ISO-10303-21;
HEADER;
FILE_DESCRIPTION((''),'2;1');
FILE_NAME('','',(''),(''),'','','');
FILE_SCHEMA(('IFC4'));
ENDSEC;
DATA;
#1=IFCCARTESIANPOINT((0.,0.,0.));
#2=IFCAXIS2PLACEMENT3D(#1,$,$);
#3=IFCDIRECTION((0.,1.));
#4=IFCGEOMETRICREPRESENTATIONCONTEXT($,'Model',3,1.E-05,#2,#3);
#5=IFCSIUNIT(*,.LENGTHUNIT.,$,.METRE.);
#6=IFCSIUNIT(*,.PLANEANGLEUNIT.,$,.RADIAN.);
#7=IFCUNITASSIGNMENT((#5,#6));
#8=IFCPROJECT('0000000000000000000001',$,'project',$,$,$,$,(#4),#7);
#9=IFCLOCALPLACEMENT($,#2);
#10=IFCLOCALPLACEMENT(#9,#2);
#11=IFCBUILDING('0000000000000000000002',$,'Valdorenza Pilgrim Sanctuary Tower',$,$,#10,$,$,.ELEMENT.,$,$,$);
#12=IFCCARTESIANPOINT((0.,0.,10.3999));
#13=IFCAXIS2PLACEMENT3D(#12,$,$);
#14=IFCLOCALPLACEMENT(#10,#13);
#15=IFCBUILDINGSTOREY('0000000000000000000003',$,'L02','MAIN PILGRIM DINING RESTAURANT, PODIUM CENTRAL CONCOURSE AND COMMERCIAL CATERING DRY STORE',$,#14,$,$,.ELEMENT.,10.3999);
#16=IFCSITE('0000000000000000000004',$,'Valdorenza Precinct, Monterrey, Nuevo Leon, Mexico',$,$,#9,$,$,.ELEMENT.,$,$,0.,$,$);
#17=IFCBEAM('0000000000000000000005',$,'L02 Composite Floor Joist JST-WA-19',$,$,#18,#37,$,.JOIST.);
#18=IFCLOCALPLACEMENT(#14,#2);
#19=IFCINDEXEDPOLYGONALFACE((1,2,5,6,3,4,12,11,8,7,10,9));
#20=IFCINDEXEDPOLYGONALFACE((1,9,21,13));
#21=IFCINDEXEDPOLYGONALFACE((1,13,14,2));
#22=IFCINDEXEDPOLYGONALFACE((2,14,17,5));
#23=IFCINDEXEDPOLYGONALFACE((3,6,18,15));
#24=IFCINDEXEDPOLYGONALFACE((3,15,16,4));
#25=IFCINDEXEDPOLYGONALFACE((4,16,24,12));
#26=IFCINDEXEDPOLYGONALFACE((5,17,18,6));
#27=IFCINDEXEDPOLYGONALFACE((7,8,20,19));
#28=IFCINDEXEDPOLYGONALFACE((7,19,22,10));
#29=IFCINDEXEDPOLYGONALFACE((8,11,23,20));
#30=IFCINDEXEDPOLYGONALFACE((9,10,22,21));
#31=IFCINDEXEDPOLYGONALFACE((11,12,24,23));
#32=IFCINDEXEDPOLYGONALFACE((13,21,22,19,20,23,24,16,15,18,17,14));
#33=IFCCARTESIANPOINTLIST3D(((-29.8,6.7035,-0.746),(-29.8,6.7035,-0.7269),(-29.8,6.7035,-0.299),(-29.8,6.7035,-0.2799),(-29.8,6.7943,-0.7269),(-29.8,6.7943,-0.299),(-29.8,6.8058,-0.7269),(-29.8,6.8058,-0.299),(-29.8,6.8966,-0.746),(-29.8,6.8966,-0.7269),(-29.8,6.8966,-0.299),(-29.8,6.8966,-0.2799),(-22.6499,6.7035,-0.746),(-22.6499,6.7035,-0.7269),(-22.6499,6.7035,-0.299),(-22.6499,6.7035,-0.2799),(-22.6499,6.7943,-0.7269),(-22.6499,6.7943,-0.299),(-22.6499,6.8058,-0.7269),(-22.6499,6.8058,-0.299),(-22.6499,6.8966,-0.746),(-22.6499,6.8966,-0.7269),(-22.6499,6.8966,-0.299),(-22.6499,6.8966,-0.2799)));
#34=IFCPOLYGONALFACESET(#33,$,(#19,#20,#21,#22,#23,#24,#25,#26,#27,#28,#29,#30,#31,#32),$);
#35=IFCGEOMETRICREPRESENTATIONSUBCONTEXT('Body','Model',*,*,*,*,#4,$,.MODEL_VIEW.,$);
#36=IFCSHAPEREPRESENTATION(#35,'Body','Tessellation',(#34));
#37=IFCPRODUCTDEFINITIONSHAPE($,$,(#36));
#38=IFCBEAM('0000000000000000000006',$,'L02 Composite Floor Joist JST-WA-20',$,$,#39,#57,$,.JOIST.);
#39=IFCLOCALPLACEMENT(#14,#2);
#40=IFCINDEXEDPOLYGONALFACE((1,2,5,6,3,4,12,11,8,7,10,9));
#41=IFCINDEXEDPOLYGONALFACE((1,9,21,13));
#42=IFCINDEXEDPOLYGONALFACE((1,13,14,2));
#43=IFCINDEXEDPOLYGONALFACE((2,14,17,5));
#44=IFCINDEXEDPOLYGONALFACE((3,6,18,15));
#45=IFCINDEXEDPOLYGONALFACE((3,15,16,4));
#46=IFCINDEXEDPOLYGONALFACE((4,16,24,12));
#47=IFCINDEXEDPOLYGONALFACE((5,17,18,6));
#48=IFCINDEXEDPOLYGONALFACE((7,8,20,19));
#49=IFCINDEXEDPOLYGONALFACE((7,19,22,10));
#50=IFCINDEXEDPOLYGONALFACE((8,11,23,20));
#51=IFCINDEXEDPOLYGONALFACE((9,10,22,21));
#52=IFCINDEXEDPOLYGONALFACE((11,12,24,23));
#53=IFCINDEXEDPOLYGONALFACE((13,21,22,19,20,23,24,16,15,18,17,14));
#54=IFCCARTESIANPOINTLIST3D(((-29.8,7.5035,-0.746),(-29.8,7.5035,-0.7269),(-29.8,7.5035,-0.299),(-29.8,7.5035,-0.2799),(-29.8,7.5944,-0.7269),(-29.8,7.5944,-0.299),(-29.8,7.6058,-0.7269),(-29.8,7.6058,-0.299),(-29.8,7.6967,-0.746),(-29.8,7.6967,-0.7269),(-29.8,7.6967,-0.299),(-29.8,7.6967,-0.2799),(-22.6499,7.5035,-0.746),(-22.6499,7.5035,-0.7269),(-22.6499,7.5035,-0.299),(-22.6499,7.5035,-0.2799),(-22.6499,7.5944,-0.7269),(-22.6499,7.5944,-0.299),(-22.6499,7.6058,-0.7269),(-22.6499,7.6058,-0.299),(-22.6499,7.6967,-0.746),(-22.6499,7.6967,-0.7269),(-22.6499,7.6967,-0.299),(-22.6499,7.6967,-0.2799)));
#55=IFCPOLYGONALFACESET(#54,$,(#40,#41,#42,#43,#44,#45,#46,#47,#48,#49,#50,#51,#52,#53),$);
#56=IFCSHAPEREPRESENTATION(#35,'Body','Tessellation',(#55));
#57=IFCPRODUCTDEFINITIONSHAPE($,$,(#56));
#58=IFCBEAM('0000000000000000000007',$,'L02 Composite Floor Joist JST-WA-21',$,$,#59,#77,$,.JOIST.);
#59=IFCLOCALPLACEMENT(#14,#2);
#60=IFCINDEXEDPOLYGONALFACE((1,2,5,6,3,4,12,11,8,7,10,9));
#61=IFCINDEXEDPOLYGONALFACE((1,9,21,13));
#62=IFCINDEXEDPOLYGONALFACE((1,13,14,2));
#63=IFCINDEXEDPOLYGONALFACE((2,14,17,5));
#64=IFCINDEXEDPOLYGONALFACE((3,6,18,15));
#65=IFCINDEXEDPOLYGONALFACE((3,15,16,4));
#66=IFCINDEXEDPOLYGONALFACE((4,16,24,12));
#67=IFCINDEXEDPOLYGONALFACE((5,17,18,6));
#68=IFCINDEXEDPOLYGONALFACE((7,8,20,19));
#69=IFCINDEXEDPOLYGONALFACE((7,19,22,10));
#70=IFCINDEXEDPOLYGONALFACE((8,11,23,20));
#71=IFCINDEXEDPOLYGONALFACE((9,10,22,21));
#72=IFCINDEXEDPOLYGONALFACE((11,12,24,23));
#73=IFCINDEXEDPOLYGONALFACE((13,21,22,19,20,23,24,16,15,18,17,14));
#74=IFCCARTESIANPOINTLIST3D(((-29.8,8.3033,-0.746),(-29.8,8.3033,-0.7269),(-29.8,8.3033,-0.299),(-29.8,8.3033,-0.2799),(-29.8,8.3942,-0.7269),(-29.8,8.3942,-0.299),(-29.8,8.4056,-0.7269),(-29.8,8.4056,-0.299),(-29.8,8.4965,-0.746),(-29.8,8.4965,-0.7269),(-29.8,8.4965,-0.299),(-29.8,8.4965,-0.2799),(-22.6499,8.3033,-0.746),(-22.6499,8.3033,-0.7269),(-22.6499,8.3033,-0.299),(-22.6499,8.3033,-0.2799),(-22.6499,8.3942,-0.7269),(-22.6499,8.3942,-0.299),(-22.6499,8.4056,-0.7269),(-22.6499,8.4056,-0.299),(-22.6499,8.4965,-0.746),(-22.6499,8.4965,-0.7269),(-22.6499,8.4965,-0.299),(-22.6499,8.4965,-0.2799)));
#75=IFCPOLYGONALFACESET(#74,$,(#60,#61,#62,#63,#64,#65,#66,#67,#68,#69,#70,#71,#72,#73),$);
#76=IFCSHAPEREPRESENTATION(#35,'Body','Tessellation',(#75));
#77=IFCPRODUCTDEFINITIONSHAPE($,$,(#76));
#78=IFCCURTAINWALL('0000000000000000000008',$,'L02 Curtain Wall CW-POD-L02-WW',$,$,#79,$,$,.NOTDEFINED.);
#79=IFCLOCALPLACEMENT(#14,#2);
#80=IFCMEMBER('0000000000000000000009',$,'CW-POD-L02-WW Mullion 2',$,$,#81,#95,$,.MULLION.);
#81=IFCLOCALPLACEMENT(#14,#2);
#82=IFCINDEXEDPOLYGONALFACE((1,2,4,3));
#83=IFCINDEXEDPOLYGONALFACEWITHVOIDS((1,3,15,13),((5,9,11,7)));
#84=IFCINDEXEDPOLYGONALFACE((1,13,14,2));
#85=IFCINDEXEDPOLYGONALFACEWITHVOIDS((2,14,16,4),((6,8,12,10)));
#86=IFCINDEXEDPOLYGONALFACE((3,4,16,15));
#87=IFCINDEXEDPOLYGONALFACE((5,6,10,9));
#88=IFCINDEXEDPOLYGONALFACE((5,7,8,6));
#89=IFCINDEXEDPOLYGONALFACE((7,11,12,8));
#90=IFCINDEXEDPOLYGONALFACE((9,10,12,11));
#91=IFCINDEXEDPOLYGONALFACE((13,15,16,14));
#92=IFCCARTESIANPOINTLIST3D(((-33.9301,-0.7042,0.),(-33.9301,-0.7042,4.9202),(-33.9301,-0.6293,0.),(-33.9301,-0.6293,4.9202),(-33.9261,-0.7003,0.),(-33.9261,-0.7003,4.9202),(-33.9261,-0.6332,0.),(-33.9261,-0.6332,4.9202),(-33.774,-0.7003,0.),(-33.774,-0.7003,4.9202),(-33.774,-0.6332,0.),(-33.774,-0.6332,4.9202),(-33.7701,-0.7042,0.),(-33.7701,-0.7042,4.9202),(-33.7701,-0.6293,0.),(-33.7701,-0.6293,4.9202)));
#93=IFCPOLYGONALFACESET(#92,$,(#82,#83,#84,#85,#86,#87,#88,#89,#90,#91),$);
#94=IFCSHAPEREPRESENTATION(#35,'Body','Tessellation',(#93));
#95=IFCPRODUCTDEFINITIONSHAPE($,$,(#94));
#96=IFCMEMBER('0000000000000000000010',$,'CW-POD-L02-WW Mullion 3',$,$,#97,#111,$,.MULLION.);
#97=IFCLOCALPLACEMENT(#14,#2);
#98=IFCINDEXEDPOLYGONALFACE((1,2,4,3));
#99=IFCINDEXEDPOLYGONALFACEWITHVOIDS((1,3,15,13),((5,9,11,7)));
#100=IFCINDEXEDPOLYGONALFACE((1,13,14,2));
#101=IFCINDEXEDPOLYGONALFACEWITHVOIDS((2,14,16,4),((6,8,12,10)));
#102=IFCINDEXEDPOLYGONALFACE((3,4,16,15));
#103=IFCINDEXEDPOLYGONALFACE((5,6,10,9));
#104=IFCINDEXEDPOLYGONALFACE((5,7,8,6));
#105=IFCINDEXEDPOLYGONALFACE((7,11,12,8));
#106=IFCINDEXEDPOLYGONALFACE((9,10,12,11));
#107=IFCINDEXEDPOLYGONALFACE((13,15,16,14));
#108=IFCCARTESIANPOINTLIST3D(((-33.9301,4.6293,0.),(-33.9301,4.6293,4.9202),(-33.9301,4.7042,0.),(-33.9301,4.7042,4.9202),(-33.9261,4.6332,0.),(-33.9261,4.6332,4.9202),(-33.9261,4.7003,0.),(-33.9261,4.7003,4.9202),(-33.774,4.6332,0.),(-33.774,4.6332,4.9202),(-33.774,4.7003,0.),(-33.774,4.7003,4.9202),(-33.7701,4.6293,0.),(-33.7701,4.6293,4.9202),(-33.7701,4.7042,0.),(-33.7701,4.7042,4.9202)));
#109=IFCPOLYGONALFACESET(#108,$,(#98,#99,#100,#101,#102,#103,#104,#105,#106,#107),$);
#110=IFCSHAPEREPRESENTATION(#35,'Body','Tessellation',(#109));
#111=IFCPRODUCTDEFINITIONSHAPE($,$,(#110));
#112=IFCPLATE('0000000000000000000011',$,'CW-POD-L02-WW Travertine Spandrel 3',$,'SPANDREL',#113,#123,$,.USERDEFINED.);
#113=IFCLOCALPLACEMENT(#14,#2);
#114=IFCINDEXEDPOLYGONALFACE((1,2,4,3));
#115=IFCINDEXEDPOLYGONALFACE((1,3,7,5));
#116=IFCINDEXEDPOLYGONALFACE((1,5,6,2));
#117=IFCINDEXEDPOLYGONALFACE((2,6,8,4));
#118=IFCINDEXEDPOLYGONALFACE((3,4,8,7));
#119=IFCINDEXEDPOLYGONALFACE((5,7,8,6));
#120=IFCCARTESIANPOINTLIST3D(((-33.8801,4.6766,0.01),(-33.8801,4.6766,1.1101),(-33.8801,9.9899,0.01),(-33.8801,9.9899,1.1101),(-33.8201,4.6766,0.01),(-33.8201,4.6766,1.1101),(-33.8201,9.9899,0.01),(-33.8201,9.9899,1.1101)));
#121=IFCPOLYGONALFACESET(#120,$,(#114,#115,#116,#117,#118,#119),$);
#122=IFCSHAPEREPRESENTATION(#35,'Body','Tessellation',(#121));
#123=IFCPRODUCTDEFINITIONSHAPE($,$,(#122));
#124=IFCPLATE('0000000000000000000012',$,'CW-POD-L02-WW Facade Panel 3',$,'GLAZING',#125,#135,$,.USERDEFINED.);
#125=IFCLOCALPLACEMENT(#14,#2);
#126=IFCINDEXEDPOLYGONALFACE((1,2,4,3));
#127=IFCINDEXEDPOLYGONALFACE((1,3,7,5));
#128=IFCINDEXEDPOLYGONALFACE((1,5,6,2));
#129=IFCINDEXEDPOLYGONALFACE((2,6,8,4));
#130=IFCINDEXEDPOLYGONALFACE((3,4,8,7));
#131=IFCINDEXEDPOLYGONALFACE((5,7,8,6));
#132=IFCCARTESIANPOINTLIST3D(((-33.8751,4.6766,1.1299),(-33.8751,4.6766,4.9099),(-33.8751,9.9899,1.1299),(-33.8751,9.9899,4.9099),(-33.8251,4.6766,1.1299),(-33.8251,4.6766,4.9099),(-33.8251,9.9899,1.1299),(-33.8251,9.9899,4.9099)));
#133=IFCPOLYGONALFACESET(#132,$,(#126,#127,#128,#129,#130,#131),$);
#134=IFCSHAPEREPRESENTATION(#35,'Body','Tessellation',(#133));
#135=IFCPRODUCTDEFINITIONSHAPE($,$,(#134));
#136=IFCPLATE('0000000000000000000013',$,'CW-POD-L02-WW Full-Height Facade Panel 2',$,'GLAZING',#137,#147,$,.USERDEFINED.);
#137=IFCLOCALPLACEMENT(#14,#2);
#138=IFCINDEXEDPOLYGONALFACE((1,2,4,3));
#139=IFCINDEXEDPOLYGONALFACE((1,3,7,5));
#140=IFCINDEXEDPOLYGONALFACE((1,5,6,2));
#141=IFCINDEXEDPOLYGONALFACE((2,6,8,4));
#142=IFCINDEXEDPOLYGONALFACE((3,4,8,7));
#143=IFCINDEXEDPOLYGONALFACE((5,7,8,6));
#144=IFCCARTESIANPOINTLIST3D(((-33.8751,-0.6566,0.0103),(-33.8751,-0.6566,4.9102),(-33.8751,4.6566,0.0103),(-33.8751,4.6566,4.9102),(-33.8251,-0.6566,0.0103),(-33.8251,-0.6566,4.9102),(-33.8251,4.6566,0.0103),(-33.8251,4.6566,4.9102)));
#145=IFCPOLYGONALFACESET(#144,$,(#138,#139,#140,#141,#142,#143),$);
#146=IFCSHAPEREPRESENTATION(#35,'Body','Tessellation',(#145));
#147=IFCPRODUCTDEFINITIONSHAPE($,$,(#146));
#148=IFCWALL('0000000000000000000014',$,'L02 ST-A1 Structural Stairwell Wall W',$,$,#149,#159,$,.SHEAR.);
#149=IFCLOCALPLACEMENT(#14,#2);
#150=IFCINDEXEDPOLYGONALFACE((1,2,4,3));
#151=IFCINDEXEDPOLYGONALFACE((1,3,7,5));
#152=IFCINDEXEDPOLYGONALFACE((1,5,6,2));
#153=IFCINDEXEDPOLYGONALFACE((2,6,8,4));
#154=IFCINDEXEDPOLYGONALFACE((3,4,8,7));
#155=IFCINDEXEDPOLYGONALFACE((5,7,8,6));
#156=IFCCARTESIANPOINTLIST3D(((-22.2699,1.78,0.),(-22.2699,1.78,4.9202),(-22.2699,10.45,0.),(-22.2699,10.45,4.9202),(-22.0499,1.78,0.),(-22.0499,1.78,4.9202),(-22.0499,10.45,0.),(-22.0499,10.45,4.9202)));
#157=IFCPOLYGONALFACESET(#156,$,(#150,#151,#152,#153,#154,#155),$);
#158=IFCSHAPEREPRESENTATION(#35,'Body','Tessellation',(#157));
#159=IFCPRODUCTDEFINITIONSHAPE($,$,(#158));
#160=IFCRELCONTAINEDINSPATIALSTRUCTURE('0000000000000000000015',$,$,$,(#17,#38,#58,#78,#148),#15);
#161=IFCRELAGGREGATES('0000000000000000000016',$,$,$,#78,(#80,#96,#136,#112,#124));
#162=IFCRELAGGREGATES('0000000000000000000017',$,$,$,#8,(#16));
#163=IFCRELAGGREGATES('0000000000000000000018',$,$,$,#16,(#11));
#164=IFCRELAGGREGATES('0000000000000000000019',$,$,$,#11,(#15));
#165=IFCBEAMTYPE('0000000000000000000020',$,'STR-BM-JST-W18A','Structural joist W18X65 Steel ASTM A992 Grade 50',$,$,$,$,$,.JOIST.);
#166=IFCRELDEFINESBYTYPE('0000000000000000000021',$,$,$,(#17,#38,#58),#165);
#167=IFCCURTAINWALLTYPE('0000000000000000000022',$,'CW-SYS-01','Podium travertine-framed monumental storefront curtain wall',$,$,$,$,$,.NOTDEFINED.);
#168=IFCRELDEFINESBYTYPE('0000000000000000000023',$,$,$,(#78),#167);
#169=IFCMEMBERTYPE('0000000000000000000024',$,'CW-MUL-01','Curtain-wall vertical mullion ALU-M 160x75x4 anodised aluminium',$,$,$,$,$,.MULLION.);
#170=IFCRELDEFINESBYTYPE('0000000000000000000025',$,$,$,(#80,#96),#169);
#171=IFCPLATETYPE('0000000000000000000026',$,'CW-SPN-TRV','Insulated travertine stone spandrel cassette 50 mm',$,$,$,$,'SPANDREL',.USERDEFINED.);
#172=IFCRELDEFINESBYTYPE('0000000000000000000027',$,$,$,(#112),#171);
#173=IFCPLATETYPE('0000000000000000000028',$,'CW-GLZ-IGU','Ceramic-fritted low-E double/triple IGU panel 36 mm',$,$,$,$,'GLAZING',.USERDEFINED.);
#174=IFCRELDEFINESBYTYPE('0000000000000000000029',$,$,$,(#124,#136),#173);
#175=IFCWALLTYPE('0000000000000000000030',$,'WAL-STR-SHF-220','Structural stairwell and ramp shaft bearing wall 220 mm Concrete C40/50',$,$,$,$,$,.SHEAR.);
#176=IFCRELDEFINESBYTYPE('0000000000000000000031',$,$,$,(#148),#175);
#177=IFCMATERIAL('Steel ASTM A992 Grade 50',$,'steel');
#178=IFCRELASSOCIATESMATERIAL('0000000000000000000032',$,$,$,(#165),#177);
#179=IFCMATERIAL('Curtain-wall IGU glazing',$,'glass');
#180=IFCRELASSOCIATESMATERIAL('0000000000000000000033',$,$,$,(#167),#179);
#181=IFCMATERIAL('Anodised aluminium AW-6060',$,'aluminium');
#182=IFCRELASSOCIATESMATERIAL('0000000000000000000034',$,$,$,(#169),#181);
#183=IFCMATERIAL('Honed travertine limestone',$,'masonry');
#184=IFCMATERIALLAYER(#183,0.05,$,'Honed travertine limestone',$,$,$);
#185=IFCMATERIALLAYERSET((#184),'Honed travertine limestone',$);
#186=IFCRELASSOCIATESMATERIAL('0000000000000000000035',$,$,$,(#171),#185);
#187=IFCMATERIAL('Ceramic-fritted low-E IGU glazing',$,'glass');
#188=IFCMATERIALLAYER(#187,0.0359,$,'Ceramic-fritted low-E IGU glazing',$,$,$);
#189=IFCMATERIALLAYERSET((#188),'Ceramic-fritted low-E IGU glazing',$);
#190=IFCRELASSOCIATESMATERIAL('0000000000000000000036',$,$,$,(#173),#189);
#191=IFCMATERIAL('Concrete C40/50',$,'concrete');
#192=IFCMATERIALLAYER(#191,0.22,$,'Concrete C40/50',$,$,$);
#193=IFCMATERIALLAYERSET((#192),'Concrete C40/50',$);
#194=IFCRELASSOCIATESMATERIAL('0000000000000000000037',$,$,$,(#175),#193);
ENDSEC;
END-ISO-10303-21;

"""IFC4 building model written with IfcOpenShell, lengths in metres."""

from ifc_helpers import new_model, si_unit, direction, frame, frame_2d, origin, origin_2d, place, context, subcontext, project, spatial, rectangle, hollow_rectangle, i_section, extrude, source, transform, mapped, material, layer, layer_set, material_profile, profile_set, type_object, element, aggregate, save


model = new_model("IFC4")

# Units and contexts
model_context = context("Model", 3, precision=1e-05, world=origin(), true_north=direction((0.0, 1.0)))
body_context = subcontext(model_context, "Body", "Model", "MODEL_VIEW")
ifc_project = project(units=[si_unit("LENGTHUNIT", "METRE"), si_unit("PLANEANGLEUNIT", "RADIAN")], contexts=[model_context])

# Site, building, storey
site_placement = place(None, origin())
site = spatial("IfcSite", under=ifc_project, at=site_placement, Name="Valdorenza Precinct, Monterrey, Nuevo Leon, Mexico", CompositionType="ELEMENT", RefElevation=0.0)
building_placement = place(site_placement, origin())
building = spatial("IfcBuilding", under=site, at=building_placement, Name="Valdorenza Pilgrim Sanctuary Tower", CompositionType="ELEMENT")
storey_placement = place(building_placement, frame((0.0, 0.0, 10.3999)))
storey = spatial("IfcBuildingStorey", under=building, at=storey_placement, Name="L02", Description="MAIN PILGRIM DINING RESTAURANT, PODIUM CENTRAL CONCOURSE AND COMMERCIAL CATERING DRY STORE", CompositionType="ELEMENT", Elevation=10.3999)

# Beams
ifc_material_1 = material(Name="Steel ASTM A992 Grade 50", Category="steel")
ifc_material_profile_1 = material_profile(ifc_material_1, i_section(OverallWidth=0.1931, OverallDepth=0.4661, WebThickness=0.0115, FlangeThickness=0.019, at=origin_2d()), Name="W18X65")
ifc_profile_set_1 = profile_set([ifc_material_profile_1], Name="Steel ASTM A992 Grade 50")
beam_type_1 = type_object("IfcBeamType", Name="STR-BM-JST-W18A", Description="Structural joist W18X65 Steel ASTM A992 Grade 50", PredefinedType="JOIST", material=ifc_profile_set_1)
shared_shape_1 = source(origin(), body_context, "Body", "SweptSolid", [
    extrude(i_section(OverallWidth=0.1931, OverallDepth=0.4661, WebThickness=0.0115, FlangeThickness=0.019, at=origin_2d()), origin(), (0.0, 0.0, 1.0), 7.1501),
])
for number, where, z_axis, x_axis, name in (
    (1, (-29.8, 6.8, -0.5129), (1.0, 0.0, 0.0), (0.0, 1.0, 0.0), "L02 Composite Floor Joist JST-WA-19"),
    (2, (-29.8, 7.6001, -0.5129), (1.0, 0.0, 0.0), (0.0, 1.0, 0.0), "L02 Composite Floor Joist JST-WA-20"),
    (3, (-29.8, 8.3999, -0.5129), (1.0, 0.0, 0.0), (0.0, 1.0, 0.0), "L02 Composite Floor Joist JST-WA-21"),
):
    element("IfcBeam", number, at=place(storey_placement, frame(where, z_axis=z_axis, x_axis=x_axis)), inside=storey, type_object=beam_type_1, Name=name, PredefinedType="JOIST", context=body_context, shape_type="MappedRepresentation", body=[
        mapped(shared_shape_1, transform((0.0, 0.0, 0.0), x_axis=(1.0, 0.0, 0.0), y_axis=(0.0, 1.0, 0.0), z_axis=(0.0, 0.0, 1.0), scale=1.0)),
    ])

# Curtain wall, members, plates
ifc_material_2 = material(Name="Curtain-wall IGU glazing", Category="glass")
curtain_wall_type = type_object("IfcCurtainWallType", Name="CW-SYS-01", Description="Podium travertine-framed monumental storefront curtain wall", PredefinedType="NOTDEFINED", material=ifc_material_2)
curtain_wall_placement = place(storey_placement, origin())
curtain_wall = element("IfcCurtainWall", 4, at=curtain_wall_placement, inside=storey, type_object=curtain_wall_type, Name="L02 Curtain Wall CW-POD-L02-WW", PredefinedType="NOTDEFINED")
ifc_material_3 = material(Name="Anodised aluminium AW-6060", Category="aluminium")
ifc_material_profile_2 = material_profile(ifc_material_3, hollow_rectangle(XDim=0.075, YDim=0.1599, WallThickness=0.0039, at=origin_2d()), Name="ALU-M 160x75x4")
ifc_profile_set_2 = profile_set([ifc_material_profile_2], Name="Anodised aluminium AW-6060")
member_type = type_object("IfcMemberType", Name="CW-MUL-01", Description="Curtain-wall vertical mullion ALU-M 160x75x4 anodised aluminium", PredefinedType="MULLION", material=ifc_profile_set_2)
shared_shape_2 = source(origin(), body_context, "Body", "SweptSolid", [
    extrude(hollow_rectangle(XDim=0.075, YDim=0.1599, WallThickness=0.0039, at=origin_2d()), origin(), (0.0, 0.0, 1.0), 4.9202),
])
member_1_placement = place(storey_placement, frame((-33.8501, -0.6667, 0.0), z_axis=(0.0, 0.0, 1.0), x_axis=(0.0, 1.0, 0.0)))
member_1 = element("IfcMember", 5, at=member_1_placement, type_object=member_type, Name="CW-POD-L02-WW Mullion 2", PredefinedType="MULLION", context=body_context, shape_type="MappedRepresentation", body=[
    mapped(shared_shape_2, transform((0.0, 0.0, 0.0), x_axis=(1.0, 0.0, 0.0), y_axis=(0.0, 1.0, 0.0), z_axis=(0.0, 0.0, 1.0), scale=1.0)),
])
member_2_placement = place(storey_placement, frame((-33.8501, 4.6667, 0.0), z_axis=(0.0, 0.0, 1.0), x_axis=(0.0, 1.0, 0.0)))
member_2 = element("IfcMember", 6, at=member_2_placement, type_object=member_type, Name="CW-POD-L02-WW Mullion 3", PredefinedType="MULLION", context=body_context, shape_type="MappedRepresentation", body=[
    mapped(shared_shape_2, transform((0.0, 0.0, 0.0), x_axis=(1.0, 0.0, 0.0), y_axis=(0.0, 1.0, 0.0), z_axis=(0.0, 0.0, 1.0), scale=1.0)),
])
ifc_material_4 = material(Name="Honed travertine limestone", Category="masonry")
ifc_layer_1 = layer(ifc_material_4, 0.05, Name="Honed travertine limestone")
ifc_layer_set_1 = layer_set([ifc_layer_1], Name="Honed travertine limestone")
plate_type_1 = type_object("IfcPlateType", Name="CW-SPN-TRV", Description="Insulated travertine stone spandrel cassette 50 mm", ElementType="SPANDREL", PredefinedType="USERDEFINED", material=ifc_layer_set_1)
shared_shape_3 = source(origin(), body_context, "Body", "SweptSolid", [
    extrude(rectangle(XDim=5.3132, YDim=0.0601, at=origin_2d()), origin(), (0.0, 0.0, 1.0), 1.1001),
])
plate_1_placement = place(storey_placement, frame((-33.8501, 7.3333, 0.01), z_axis=(0.0, 0.0, 1.0), x_axis=(0.0, 1.0, 0.0)))
plate_1 = element("IfcPlate", 7, at=plate_1_placement, type_object=plate_type_1, Name="CW-POD-L02-WW Travertine Spandrel 3", ObjectType="SPANDREL", PredefinedType="USERDEFINED", context=body_context, shape_type="MappedRepresentation", body=[
    mapped(shared_shape_3, transform((0.0, 0.0, 0.0), x_axis=(1.0, 0.0, 0.0), y_axis=(0.0, 1.0, 0.0), z_axis=(0.0, 0.0, 1.0), scale=1.0)),
])
ifc_material_5 = material(Name="Ceramic-fritted low-E IGU glazing", Category="glass")
ifc_layer_2 = layer(ifc_material_5, 0.0359, Name="Ceramic-fritted low-E IGU glazing")
ifc_layer_set_2 = layer_set([ifc_layer_2], Name="Ceramic-fritted low-E IGU glazing")
plate_type_2 = type_object("IfcPlateType", Name="CW-GLZ-IGU", Description="Ceramic-fritted low-E double/triple IGU panel 36 mm", ElementType="GLAZING", PredefinedType="USERDEFINED", material=ifc_layer_set_2)
shared_shape_4 = source(origin(), body_context, "Body", "SweptSolid", [
    extrude(rectangle(XDim=5.3132, YDim=0.05, at=origin_2d()), origin(), (0.0, 0.0, 1.0), 3.78),
])
plate_2_placement = place(storey_placement, frame((-33.8501, 7.3333, 1.1299), z_axis=(0.0, 0.0, 1.0), x_axis=(0.0, 1.0, 0.0)))
plate_2 = element("IfcPlate", 8, at=plate_2_placement, type_object=plate_type_2, Name="CW-POD-L02-WW Facade Panel 3", ObjectType="GLAZING", PredefinedType="USERDEFINED", context=body_context, shape_type="MappedRepresentation", body=[
    mapped(shared_shape_4, transform((0.0, 0.0, 0.0), x_axis=(1.0, 0.0, 0.0), y_axis=(0.0, 1.0, 0.0), z_axis=(0.0, 0.0, 1.0), scale=1.0)),
])
shared_shape_5 = source(origin(), body_context, "Body", "SweptSolid", [
    extrude(rectangle(XDim=5.3132, YDim=0.05, at=origin_2d()), origin(), (0.0, 0.0, 1.0), 4.8999),
])
plate_3_placement = place(storey_placement, frame((-33.8501, 2.0, 0.0103), z_axis=(0.0, 0.0, 1.0), x_axis=(0.0, 1.0, 0.0)))
plate_3 = element("IfcPlate", 9, at=plate_3_placement, type_object=plate_type_2, Name="CW-POD-L02-WW Full-Height Facade Panel 2", ObjectType="GLAZING", PredefinedType="USERDEFINED", context=body_context, shape_type="MappedRepresentation", body=[
    mapped(shared_shape_5, transform((0.0, 0.0, 0.0), x_axis=(1.0, 0.0, 0.0), y_axis=(0.0, 1.0, 0.0), z_axis=(0.0, 0.0, 1.0), scale=1.0)),
])
aggregate(curtain_wall, [member_1, member_2, plate_3, plate_1, plate_2])

# Wall
ifc_material_6 = material(Name="Concrete C40/50", Category="concrete")
ifc_layer_3 = layer(ifc_material_6, 0.22, Name="Concrete C40/50")
ifc_layer_set_3 = layer_set([ifc_layer_3], Name="Concrete C40/50")
wall_type = type_object("IfcWallType", Name="WAL-STR-SHF-220", Description="Structural stairwell and ramp shaft bearing wall 220 mm Concrete C40/50", PredefinedType="SHEAR", material=ifc_layer_set_3)
wall_1_placement = place(storey_placement, frame((-22.1599, 1.78, 0.0), z_axis=(0.0, 0.0, 1.0), x_axis=(0.0, 1.0, 0.0)))
element("IfcWall", 10, at=wall_1_placement, inside=storey, type_object=wall_type, Name="L02 ST-A1 Structural Stairwell Wall W", PredefinedType="SHEAR", context=body_context, shape_type="SweptSolid", body=[
    extrude(rectangle(XDim=8.6699, YDim=0.22, at=frame_2d((4.335, 0.0))), origin(), (0.0, 0.0, 1.0), 4.9202),
])

save(model, "model.ifc")
